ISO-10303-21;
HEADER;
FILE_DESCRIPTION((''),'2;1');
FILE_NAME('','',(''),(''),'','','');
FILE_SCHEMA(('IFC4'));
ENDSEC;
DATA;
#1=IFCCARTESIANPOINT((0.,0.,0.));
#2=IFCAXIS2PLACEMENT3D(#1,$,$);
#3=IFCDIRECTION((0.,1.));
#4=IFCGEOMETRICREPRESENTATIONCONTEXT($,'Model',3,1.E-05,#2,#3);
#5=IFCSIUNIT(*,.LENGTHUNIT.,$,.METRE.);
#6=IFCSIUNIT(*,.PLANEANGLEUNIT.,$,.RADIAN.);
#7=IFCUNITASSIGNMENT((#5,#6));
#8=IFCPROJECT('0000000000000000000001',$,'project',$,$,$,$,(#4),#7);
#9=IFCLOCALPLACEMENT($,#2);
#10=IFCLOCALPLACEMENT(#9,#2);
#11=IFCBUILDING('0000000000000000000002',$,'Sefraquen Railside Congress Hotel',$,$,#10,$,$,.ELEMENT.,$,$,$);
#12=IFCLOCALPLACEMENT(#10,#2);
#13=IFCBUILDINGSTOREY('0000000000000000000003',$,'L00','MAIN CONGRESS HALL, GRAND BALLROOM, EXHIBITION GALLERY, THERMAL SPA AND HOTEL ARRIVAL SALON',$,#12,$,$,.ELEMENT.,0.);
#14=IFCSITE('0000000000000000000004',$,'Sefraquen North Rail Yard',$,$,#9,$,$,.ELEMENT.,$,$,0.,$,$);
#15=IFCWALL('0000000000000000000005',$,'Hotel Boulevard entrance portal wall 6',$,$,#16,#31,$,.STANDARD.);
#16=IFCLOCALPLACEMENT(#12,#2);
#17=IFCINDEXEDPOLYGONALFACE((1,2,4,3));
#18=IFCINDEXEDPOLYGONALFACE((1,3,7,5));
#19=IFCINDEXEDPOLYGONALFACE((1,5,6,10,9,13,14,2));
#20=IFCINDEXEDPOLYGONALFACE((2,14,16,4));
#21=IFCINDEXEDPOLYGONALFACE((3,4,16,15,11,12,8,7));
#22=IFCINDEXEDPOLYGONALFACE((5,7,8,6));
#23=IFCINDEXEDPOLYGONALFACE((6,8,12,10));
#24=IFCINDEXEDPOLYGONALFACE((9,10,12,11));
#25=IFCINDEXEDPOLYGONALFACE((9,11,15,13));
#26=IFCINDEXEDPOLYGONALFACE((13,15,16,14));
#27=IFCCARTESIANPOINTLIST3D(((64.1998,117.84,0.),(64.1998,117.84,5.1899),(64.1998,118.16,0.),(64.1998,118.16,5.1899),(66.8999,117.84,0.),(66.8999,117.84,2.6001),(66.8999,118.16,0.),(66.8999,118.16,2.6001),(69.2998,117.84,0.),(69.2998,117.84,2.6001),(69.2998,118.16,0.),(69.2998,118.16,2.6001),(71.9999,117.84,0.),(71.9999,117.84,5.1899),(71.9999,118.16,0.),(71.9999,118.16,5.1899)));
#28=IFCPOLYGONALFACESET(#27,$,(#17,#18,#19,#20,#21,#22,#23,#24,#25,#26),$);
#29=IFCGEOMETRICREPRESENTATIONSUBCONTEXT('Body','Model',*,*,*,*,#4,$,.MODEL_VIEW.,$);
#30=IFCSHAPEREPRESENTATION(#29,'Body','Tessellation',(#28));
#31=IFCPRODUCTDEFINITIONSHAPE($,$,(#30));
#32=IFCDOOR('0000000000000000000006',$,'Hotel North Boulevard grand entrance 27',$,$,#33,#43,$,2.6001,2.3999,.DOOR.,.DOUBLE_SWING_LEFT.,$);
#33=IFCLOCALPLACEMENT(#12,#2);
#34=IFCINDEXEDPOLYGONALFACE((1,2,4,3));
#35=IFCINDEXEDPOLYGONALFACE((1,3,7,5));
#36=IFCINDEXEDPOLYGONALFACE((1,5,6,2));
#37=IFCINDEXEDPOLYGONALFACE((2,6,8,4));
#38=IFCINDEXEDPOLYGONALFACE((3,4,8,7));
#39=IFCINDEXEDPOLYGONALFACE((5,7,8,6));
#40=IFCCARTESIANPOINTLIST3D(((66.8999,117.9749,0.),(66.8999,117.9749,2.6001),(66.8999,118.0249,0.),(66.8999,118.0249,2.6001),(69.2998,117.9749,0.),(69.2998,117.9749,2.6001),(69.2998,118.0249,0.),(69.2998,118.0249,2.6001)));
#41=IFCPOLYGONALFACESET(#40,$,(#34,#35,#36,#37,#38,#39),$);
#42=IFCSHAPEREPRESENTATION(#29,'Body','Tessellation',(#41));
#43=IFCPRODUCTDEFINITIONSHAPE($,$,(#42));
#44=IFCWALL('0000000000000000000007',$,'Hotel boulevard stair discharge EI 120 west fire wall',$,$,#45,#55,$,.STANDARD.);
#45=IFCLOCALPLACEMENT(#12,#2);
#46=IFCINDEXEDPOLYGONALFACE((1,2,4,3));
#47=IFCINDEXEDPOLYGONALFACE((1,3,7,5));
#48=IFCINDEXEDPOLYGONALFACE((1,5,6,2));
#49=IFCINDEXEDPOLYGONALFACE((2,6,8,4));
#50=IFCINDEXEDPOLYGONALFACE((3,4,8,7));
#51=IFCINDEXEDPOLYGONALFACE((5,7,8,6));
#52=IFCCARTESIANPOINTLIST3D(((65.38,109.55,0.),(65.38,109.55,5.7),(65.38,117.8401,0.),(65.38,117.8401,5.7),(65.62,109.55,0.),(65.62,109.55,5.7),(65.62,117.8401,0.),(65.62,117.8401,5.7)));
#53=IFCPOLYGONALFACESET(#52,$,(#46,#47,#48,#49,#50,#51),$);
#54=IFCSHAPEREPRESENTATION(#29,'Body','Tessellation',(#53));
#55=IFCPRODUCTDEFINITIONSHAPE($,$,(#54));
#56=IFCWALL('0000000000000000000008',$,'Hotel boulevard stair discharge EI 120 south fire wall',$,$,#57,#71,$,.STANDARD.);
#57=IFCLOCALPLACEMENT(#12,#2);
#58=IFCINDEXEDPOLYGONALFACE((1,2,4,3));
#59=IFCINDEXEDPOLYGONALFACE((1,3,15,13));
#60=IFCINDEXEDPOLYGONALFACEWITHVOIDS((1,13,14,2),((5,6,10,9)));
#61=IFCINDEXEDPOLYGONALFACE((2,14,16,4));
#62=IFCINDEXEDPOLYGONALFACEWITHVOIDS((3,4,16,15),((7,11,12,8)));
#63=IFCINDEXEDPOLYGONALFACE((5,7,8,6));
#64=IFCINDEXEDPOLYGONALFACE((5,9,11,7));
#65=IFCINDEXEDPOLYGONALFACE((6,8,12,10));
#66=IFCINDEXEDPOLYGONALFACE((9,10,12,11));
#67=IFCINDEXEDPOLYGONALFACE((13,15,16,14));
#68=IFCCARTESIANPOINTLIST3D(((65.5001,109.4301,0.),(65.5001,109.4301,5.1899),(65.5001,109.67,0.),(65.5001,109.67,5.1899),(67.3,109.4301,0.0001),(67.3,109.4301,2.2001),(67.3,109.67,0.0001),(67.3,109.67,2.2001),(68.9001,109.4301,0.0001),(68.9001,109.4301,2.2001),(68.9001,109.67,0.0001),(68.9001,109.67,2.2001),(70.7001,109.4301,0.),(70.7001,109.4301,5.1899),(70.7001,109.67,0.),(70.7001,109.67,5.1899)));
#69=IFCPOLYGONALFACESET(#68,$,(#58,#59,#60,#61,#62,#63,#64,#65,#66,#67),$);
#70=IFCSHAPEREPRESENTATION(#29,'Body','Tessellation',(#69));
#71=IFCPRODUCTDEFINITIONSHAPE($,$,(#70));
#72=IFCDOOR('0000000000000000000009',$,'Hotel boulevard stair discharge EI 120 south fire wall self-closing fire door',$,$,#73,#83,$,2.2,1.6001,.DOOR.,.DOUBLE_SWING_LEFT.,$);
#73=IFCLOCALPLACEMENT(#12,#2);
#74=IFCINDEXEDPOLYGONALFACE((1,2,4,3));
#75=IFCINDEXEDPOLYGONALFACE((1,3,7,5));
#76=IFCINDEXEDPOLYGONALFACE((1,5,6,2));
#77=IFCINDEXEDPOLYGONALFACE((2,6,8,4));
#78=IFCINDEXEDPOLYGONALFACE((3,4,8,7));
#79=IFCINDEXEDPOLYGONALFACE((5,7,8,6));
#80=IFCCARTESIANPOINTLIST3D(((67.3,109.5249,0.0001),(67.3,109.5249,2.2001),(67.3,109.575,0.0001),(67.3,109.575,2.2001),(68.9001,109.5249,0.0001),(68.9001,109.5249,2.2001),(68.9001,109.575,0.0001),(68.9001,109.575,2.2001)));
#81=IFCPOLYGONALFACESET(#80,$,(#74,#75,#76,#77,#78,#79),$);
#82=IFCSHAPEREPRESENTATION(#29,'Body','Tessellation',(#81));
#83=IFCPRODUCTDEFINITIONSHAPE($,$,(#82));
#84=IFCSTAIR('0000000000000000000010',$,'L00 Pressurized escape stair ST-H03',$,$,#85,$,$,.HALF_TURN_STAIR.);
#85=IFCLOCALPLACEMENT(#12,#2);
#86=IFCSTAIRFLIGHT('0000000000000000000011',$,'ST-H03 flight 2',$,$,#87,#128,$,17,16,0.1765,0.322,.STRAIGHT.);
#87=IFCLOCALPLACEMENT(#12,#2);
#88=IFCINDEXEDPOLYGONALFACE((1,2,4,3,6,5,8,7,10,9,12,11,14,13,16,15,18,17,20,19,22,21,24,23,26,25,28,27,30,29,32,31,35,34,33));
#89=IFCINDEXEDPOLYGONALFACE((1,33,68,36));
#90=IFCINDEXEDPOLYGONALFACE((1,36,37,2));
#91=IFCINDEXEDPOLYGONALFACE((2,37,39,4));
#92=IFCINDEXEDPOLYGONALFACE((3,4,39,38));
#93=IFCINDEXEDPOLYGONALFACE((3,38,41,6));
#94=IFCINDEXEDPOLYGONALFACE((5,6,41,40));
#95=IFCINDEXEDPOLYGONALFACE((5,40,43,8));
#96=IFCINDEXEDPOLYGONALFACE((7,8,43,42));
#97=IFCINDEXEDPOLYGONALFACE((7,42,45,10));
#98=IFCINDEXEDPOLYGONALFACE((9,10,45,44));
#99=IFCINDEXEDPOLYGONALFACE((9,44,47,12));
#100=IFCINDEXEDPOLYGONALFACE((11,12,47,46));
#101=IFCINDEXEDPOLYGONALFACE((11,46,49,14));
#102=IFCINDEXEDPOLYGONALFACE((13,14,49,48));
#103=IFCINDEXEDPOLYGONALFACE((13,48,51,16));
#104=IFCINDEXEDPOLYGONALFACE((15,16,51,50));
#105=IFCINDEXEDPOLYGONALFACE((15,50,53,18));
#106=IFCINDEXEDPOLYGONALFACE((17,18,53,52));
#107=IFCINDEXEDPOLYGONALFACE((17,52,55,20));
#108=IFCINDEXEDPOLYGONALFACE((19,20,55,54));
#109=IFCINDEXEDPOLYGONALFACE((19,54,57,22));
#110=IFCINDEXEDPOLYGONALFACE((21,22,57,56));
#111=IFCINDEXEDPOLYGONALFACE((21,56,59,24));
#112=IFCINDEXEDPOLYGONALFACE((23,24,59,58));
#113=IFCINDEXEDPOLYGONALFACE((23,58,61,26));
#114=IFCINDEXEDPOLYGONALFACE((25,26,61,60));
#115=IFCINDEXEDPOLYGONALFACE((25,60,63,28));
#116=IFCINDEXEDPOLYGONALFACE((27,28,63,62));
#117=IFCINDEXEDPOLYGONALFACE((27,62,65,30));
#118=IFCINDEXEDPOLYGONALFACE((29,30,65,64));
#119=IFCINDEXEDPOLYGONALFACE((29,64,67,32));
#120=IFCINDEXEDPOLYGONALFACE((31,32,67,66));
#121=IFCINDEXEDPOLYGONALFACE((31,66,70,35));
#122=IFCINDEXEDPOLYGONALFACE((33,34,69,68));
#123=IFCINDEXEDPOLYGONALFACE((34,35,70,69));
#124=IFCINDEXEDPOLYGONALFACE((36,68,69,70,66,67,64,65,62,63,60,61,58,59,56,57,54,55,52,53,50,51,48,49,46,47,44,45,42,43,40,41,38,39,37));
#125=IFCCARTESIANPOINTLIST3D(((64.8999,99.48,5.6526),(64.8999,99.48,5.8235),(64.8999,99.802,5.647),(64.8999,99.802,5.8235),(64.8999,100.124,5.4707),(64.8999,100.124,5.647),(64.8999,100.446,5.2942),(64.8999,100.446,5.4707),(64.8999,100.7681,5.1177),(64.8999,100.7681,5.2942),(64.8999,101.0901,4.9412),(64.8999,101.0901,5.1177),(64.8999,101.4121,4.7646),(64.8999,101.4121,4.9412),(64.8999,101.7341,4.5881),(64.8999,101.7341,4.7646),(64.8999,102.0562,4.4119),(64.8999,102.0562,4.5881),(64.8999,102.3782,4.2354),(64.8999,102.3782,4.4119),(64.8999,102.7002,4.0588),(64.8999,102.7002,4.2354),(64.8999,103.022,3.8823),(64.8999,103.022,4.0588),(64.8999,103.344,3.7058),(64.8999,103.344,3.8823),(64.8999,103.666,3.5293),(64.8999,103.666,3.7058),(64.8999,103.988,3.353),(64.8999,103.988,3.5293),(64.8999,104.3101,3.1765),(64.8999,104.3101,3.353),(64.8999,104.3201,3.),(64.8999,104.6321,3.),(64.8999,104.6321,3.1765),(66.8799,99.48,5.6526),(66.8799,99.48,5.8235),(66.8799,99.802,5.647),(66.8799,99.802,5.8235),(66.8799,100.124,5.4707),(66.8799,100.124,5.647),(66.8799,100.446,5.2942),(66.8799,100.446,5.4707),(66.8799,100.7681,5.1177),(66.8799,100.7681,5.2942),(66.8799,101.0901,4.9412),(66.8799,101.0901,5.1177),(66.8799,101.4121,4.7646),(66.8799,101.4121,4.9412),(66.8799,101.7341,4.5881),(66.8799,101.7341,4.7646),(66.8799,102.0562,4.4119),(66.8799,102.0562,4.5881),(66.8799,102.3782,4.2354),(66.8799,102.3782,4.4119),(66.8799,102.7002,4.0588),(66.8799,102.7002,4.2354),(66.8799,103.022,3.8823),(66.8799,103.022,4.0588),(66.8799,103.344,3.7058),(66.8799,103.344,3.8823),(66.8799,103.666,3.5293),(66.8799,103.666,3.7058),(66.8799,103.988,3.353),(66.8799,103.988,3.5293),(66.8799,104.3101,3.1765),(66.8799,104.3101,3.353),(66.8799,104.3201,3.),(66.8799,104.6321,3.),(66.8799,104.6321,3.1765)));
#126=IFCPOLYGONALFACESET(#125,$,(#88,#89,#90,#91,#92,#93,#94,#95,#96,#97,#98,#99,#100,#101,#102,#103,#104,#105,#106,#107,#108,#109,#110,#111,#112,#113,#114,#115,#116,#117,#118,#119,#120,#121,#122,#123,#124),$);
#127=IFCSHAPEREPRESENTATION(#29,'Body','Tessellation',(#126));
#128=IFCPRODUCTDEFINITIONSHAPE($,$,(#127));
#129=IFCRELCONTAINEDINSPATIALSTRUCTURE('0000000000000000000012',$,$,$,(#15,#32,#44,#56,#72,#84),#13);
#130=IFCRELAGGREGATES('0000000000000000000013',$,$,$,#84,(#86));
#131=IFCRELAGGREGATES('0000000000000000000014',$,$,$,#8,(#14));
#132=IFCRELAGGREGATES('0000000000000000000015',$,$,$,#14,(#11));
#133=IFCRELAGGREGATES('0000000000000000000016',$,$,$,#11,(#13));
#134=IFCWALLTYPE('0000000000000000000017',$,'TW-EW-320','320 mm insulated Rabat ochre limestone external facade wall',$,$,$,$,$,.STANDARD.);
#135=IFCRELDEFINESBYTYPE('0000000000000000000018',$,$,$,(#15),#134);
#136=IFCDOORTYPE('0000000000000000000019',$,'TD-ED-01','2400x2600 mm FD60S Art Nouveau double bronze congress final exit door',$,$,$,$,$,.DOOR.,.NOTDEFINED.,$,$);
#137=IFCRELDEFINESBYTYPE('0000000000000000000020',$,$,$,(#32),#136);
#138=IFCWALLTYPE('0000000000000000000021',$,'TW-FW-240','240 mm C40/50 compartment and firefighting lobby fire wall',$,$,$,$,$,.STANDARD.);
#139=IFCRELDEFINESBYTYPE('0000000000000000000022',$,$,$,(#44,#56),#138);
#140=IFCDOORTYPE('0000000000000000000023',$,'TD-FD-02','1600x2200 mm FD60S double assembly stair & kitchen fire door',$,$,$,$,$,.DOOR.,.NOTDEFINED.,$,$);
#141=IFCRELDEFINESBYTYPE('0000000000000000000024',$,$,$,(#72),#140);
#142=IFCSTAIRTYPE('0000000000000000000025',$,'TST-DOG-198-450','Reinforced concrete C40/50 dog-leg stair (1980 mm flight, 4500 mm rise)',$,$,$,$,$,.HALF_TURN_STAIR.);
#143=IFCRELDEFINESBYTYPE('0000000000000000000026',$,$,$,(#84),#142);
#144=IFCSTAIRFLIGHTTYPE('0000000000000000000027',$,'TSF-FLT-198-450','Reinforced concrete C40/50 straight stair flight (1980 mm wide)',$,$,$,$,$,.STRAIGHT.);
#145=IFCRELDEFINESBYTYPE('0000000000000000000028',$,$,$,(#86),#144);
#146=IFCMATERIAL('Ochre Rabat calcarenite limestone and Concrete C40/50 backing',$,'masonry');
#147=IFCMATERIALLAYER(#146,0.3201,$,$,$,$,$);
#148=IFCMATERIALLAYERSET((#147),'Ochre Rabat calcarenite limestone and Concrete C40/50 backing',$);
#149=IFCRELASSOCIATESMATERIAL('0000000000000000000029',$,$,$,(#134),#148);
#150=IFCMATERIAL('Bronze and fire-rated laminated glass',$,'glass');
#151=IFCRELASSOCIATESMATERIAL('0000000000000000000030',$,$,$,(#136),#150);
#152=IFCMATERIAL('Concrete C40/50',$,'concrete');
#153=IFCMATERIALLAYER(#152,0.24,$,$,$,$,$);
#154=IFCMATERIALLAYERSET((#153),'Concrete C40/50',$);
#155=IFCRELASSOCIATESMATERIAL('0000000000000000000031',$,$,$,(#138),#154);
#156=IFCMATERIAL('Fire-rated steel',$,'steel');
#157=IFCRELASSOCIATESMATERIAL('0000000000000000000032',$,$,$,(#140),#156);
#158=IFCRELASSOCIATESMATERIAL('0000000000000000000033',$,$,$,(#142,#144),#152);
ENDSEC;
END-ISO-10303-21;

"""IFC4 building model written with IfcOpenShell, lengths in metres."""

from ifc_helpers import new_model, si_unit, direction, frame, frame_2d, origin, place, context, subcontext, project, spatial, polyline, rectangle, outline, extrude, material, layer, layer_set, type_object, element, fill, aggregate, save


model = new_model("IFC4")

# Units and contexts
model_context = context("Model", 3, precision=1e-05, world=origin(), true_north=direction((0.0, 1.0)))
body_context = subcontext(model_context, "Body", "Model", "MODEL_VIEW")
ifc_project = project(units=[si_unit("LENGTHUNIT", "METRE"), si_unit("PLANEANGLEUNIT", "RADIAN")], contexts=[model_context])

# Site, building, storey
site_placement = place(None, origin())
site = spatial("IfcSite", under=ifc_project, at=site_placement, Name="Sefraquen North Rail Yard", CompositionType="ELEMENT", RefElevation=0.0)
building_placement = place(site_placement, origin())
building = spatial("IfcBuilding", under=site, at=building_placement, Name="Sefraquen Railside Congress Hotel", CompositionType="ELEMENT")
storey_placement = place(building_placement, origin())
storey = spatial("IfcBuildingStorey", under=building, at=storey_placement, Name="L00", Description="MAIN CONGRESS HALL, GRAND BALLROOM, EXHIBITION GALLERY, THERMAL SPA AND HOTEL ARRIVAL SALON", CompositionType="ELEMENT", Elevation=0.0)

# Wall, opening, door
ifc_material_1 = material(Name="Ochre Rabat calcarenite limestone and Concrete C40/50 backing", Category="masonry")
ifc_layer_1 = layer(ifc_material_1, 0.3201)
ifc_layer_set_1 = layer_set([ifc_layer_1], Name="Ochre Rabat calcarenite limestone and Concrete C40/50 backing")
wall_type_1 = type_object("IfcWallType", Name="TW-EW-320", Description="320 mm insulated Rabat ochre limestone external facade wall", PredefinedType="STANDARD", material=ifc_layer_set_1)
ifc_material_2 = material(Name="Bronze and fire-rated laminated glass", Category="glass")
door_type_1 = type_object("IfcDoorType", Name="TD-ED-01", Description="2400x2600 mm FD60S Art Nouveau double bronze congress final exit door", OperationType="NOTDEFINED", PredefinedType="DOOR", material=ifc_material_2)
wall_1_placement = place(storey_placement, frame((64.2, 118.0, 0.0), z_axis=(0.0, 0.0, 1.0), x_axis=(1.0, 0.0, 0.0)))
wall_1 = element("IfcWall", 1, at=wall_1_placement, inside=storey, type_object=wall_type_1, Name="Hotel Boulevard entrance portal wall 6", PredefinedType="STANDARD", context=body_context, shape_type="SweptSolid", body=[
    extrude(rectangle(XDim=7.8, YDim=0.3201, at=frame_2d((3.8999, 0.0))), origin(), (0.0, 0.0, 1.0), 5.1899),
])
opening_1_placement = place(wall_1_placement, frame((2.7, 0.0, 0.0)))
opening_1 = element("IfcOpeningElement", 2, at=opening_1_placement, cuts=wall_1, PredefinedType="OPENING", context=body_context, shape_type="SweptSolid", body=[
    extrude(rectangle(XDim=2.3999, YDim=2.6001, at=frame_2d((1.2, 1.3))), frame((0.0, 0.1699, 0.0), z_axis=(0.0, -1.0, 0.0), x_axis=(1.0, 0.0, 0.0)), (0.0, 0.0, 1.0), 0.3401),
])
door_1_placement = place(opening_1_placement, origin())
door_1 = element("IfcDoor", 3, at=door_1_placement, inside=storey, type_object=door_type_1, Name="Hotel North Boulevard grand entrance 27", OperationType="DOUBLE_SWING_LEFT", OverallHeight=2.6001, OverallWidth=2.3999, PredefinedType="DOOR", context=body_context, shape_type="SweptSolid", body=[
    extrude(rectangle(XDim=2.3999, YDim=2.6001, at=frame_2d((1.2, 1.3))), frame((0.0, 0.0249, 0.0), z_axis=(0.0, -1.0, 0.0), x_axis=(1.0, 0.0, 0.0)), (0.0, 0.0, 1.0), 0.05),
])
fill(opening_1, door_1)

# Wall
ifc_material_3 = material(Name="Concrete C40/50", Category="concrete")
ifc_layer_2 = layer(ifc_material_3, 0.24)
ifc_layer_set_2 = layer_set([ifc_layer_2], Name="Concrete C40/50")
wall_type_2 = type_object("IfcWallType", Name="TW-FW-240", Description="240 mm C40/50 compartment and firefighting lobby fire wall", PredefinedType="STANDARD", material=ifc_layer_set_2)
wall_2_placement = place(storey_placement, frame((65.5, 109.55, 0.0), z_axis=(0.0, 0.0, 1.0), x_axis=(0.0, 1.0, 0.0)))
element("IfcWall", 4, at=wall_2_placement, inside=storey, type_object=wall_type_2, Name="Hotel boulevard stair discharge EI 120 west fire wall", PredefinedType="STANDARD", context=body_context, shape_type="SweptSolid", body=[
    extrude(rectangle(XDim=8.29, YDim=0.24, at=frame_2d((4.145, 0.0))), origin(), (0.0, 0.0, 1.0), 5.7),
])

# Wall, opening, door
wall_3_placement = place(storey_placement, frame((65.5, 109.55, 0.0), z_axis=(0.0, 0.0, 1.0), x_axis=(1.0, 0.0, 0.0)))
wall_3 = element("IfcWall", 5, at=wall_3_placement, inside=storey, type_object=wall_type_2, Name="Hotel boulevard stair discharge EI 120 south fire wall", PredefinedType="STANDARD", context=body_context, shape_type="SweptSolid", body=[
    extrude(rectangle(XDim=5.2, YDim=0.24, at=frame_2d((2.6001, 0.0))), origin(), (0.0, 0.0, 1.0), 5.1899),
])
opening_2_placement = place(wall_3_placement, frame((1.8, 0.0, 0.0)))
opening_2 = element("IfcOpeningElement", 6, at=opening_2_placement, cuts=wall_3, PredefinedType="OPENING", context=body_context, shape_type="SweptSolid", body=[
    extrude(rectangle(XDim=1.6001, YDim=2.2, at=frame_2d((0.8, 1.1001))), frame((0.0, 0.1299, 0.0), z_axis=(0.0, -1.0, 0.0), x_axis=(1.0, 0.0, 0.0)), (0.0, 0.0, 1.0), 0.26),
])
ifc_material_4 = material(Name="Fire-rated steel", Category="steel")
door_type_2 = type_object("IfcDoorType", Name="TD-FD-02", Description="1600x2200 mm FD60S double assembly stair & kitchen fire door", OperationType="NOTDEFINED", PredefinedType="DOOR", material=ifc_material_4)
door_2_placement = place(opening_2_placement, origin())
door_2 = element("IfcDoor", 7, at=door_2_placement, inside=storey, type_object=door_type_2, Name="Hotel boulevard stair discharge EI 120 south fire wall self-closing fire door", OperationType="DOUBLE_SWING_LEFT", OverallHeight=2.2, OverallWidth=1.6001, PredefinedType="DOOR", context=body_context, shape_type="SweptSolid", body=[
    extrude(rectangle(XDim=1.6001, YDim=2.2, at=frame_2d((0.8, 1.1001))), frame((0.0, 0.0249, 0.0), z_axis=(0.0, -1.0, 0.0), x_axis=(1.0, 0.0, 0.0)), (0.0, 0.0, 1.0), 0.05),
])
fill(opening_2, door_2)

# Stair, stair flight
stair_type = type_object("IfcStairType", Name="TST-DOG-198-450", Description="Reinforced concrete C40/50 dog-leg stair (1980 mm flight, 4500 mm rise)", PredefinedType="HALF_TURN_STAIR", material=ifc_material_3)
stair_placement = place(storey_placement, origin())
stair = element("IfcStair", 8, at=stair_placement, inside=storey, type_object=stair_type, Name="L00 Pressurized escape stair ST-H03", PredefinedType="HALF_TURN_STAIR")
stair_flight_type = type_object("IfcStairFlightType", Name="TSF-FLT-198-450", Description="Reinforced concrete C40/50 straight stair flight (1980 mm wide)", PredefinedType="STRAIGHT", material=ifc_material_3)
stair_flight_placement = place(storey_placement, frame((65.8899, 104.6321, 3.0), z_axis=(0.0, 0.0, 1.0), x_axis=(0.0, -1.0, 0.0)))
stair_flight = element("IfcStairFlight", 9, at=stair_flight_placement, type_object=stair_flight_type, Name="ST-H03 flight 2", NumberOfRisers=17, NumberOfTreads=16, PredefinedType="STRAIGHT", RiserHeight=0.1765, TreadLength=0.322, context=body_context, shape_type="SweptSolid", body=[
    extrude(outline(polyline([(0.0, 0.0), (0.0, 0.1765), (0.322, 0.1765), (0.322, 0.353), (0.644, 0.353), (0.644, 0.5293), (0.9661, 0.5293), (0.9661, 0.7058), (1.2881, 0.7058), (1.2881, 0.8823), (1.6101, 0.8823), (1.6101, 1.0588), (1.9319, 1.0588), (1.9319, 1.2354), (2.2539, 1.2354), (2.2539, 1.4119), (2.5759, 1.4119), (2.5759, 1.5881), (2.8979, 1.5881), (2.8979, 1.7646), (3.22, 1.7646), (3.22, 1.9412), (3.542, 1.9412), (3.542, 2.1177), (3.864, 2.1177), (3.864, 2.2942), (4.186, 2.2942), (4.186, 2.4707), (4.5081, 2.4707), (4.5081, 2.647), (4.8301, 2.647), (4.8301, 2.8235), (5.1521, 2.8235), (5.1521, 3.0), (5.1521, 2.6526), (0.312, 0.0), (0.0, 0.0)])), frame((0.0, 0.99, 0.0), z_axis=(0.0, -1.0, 0.0), x_axis=(1.0, 0.0, 0.0)), (0.0, 0.0, 1.0), 1.98),
])
aggregate(stair, [stair_flight])

save(model, "model.ifc")
